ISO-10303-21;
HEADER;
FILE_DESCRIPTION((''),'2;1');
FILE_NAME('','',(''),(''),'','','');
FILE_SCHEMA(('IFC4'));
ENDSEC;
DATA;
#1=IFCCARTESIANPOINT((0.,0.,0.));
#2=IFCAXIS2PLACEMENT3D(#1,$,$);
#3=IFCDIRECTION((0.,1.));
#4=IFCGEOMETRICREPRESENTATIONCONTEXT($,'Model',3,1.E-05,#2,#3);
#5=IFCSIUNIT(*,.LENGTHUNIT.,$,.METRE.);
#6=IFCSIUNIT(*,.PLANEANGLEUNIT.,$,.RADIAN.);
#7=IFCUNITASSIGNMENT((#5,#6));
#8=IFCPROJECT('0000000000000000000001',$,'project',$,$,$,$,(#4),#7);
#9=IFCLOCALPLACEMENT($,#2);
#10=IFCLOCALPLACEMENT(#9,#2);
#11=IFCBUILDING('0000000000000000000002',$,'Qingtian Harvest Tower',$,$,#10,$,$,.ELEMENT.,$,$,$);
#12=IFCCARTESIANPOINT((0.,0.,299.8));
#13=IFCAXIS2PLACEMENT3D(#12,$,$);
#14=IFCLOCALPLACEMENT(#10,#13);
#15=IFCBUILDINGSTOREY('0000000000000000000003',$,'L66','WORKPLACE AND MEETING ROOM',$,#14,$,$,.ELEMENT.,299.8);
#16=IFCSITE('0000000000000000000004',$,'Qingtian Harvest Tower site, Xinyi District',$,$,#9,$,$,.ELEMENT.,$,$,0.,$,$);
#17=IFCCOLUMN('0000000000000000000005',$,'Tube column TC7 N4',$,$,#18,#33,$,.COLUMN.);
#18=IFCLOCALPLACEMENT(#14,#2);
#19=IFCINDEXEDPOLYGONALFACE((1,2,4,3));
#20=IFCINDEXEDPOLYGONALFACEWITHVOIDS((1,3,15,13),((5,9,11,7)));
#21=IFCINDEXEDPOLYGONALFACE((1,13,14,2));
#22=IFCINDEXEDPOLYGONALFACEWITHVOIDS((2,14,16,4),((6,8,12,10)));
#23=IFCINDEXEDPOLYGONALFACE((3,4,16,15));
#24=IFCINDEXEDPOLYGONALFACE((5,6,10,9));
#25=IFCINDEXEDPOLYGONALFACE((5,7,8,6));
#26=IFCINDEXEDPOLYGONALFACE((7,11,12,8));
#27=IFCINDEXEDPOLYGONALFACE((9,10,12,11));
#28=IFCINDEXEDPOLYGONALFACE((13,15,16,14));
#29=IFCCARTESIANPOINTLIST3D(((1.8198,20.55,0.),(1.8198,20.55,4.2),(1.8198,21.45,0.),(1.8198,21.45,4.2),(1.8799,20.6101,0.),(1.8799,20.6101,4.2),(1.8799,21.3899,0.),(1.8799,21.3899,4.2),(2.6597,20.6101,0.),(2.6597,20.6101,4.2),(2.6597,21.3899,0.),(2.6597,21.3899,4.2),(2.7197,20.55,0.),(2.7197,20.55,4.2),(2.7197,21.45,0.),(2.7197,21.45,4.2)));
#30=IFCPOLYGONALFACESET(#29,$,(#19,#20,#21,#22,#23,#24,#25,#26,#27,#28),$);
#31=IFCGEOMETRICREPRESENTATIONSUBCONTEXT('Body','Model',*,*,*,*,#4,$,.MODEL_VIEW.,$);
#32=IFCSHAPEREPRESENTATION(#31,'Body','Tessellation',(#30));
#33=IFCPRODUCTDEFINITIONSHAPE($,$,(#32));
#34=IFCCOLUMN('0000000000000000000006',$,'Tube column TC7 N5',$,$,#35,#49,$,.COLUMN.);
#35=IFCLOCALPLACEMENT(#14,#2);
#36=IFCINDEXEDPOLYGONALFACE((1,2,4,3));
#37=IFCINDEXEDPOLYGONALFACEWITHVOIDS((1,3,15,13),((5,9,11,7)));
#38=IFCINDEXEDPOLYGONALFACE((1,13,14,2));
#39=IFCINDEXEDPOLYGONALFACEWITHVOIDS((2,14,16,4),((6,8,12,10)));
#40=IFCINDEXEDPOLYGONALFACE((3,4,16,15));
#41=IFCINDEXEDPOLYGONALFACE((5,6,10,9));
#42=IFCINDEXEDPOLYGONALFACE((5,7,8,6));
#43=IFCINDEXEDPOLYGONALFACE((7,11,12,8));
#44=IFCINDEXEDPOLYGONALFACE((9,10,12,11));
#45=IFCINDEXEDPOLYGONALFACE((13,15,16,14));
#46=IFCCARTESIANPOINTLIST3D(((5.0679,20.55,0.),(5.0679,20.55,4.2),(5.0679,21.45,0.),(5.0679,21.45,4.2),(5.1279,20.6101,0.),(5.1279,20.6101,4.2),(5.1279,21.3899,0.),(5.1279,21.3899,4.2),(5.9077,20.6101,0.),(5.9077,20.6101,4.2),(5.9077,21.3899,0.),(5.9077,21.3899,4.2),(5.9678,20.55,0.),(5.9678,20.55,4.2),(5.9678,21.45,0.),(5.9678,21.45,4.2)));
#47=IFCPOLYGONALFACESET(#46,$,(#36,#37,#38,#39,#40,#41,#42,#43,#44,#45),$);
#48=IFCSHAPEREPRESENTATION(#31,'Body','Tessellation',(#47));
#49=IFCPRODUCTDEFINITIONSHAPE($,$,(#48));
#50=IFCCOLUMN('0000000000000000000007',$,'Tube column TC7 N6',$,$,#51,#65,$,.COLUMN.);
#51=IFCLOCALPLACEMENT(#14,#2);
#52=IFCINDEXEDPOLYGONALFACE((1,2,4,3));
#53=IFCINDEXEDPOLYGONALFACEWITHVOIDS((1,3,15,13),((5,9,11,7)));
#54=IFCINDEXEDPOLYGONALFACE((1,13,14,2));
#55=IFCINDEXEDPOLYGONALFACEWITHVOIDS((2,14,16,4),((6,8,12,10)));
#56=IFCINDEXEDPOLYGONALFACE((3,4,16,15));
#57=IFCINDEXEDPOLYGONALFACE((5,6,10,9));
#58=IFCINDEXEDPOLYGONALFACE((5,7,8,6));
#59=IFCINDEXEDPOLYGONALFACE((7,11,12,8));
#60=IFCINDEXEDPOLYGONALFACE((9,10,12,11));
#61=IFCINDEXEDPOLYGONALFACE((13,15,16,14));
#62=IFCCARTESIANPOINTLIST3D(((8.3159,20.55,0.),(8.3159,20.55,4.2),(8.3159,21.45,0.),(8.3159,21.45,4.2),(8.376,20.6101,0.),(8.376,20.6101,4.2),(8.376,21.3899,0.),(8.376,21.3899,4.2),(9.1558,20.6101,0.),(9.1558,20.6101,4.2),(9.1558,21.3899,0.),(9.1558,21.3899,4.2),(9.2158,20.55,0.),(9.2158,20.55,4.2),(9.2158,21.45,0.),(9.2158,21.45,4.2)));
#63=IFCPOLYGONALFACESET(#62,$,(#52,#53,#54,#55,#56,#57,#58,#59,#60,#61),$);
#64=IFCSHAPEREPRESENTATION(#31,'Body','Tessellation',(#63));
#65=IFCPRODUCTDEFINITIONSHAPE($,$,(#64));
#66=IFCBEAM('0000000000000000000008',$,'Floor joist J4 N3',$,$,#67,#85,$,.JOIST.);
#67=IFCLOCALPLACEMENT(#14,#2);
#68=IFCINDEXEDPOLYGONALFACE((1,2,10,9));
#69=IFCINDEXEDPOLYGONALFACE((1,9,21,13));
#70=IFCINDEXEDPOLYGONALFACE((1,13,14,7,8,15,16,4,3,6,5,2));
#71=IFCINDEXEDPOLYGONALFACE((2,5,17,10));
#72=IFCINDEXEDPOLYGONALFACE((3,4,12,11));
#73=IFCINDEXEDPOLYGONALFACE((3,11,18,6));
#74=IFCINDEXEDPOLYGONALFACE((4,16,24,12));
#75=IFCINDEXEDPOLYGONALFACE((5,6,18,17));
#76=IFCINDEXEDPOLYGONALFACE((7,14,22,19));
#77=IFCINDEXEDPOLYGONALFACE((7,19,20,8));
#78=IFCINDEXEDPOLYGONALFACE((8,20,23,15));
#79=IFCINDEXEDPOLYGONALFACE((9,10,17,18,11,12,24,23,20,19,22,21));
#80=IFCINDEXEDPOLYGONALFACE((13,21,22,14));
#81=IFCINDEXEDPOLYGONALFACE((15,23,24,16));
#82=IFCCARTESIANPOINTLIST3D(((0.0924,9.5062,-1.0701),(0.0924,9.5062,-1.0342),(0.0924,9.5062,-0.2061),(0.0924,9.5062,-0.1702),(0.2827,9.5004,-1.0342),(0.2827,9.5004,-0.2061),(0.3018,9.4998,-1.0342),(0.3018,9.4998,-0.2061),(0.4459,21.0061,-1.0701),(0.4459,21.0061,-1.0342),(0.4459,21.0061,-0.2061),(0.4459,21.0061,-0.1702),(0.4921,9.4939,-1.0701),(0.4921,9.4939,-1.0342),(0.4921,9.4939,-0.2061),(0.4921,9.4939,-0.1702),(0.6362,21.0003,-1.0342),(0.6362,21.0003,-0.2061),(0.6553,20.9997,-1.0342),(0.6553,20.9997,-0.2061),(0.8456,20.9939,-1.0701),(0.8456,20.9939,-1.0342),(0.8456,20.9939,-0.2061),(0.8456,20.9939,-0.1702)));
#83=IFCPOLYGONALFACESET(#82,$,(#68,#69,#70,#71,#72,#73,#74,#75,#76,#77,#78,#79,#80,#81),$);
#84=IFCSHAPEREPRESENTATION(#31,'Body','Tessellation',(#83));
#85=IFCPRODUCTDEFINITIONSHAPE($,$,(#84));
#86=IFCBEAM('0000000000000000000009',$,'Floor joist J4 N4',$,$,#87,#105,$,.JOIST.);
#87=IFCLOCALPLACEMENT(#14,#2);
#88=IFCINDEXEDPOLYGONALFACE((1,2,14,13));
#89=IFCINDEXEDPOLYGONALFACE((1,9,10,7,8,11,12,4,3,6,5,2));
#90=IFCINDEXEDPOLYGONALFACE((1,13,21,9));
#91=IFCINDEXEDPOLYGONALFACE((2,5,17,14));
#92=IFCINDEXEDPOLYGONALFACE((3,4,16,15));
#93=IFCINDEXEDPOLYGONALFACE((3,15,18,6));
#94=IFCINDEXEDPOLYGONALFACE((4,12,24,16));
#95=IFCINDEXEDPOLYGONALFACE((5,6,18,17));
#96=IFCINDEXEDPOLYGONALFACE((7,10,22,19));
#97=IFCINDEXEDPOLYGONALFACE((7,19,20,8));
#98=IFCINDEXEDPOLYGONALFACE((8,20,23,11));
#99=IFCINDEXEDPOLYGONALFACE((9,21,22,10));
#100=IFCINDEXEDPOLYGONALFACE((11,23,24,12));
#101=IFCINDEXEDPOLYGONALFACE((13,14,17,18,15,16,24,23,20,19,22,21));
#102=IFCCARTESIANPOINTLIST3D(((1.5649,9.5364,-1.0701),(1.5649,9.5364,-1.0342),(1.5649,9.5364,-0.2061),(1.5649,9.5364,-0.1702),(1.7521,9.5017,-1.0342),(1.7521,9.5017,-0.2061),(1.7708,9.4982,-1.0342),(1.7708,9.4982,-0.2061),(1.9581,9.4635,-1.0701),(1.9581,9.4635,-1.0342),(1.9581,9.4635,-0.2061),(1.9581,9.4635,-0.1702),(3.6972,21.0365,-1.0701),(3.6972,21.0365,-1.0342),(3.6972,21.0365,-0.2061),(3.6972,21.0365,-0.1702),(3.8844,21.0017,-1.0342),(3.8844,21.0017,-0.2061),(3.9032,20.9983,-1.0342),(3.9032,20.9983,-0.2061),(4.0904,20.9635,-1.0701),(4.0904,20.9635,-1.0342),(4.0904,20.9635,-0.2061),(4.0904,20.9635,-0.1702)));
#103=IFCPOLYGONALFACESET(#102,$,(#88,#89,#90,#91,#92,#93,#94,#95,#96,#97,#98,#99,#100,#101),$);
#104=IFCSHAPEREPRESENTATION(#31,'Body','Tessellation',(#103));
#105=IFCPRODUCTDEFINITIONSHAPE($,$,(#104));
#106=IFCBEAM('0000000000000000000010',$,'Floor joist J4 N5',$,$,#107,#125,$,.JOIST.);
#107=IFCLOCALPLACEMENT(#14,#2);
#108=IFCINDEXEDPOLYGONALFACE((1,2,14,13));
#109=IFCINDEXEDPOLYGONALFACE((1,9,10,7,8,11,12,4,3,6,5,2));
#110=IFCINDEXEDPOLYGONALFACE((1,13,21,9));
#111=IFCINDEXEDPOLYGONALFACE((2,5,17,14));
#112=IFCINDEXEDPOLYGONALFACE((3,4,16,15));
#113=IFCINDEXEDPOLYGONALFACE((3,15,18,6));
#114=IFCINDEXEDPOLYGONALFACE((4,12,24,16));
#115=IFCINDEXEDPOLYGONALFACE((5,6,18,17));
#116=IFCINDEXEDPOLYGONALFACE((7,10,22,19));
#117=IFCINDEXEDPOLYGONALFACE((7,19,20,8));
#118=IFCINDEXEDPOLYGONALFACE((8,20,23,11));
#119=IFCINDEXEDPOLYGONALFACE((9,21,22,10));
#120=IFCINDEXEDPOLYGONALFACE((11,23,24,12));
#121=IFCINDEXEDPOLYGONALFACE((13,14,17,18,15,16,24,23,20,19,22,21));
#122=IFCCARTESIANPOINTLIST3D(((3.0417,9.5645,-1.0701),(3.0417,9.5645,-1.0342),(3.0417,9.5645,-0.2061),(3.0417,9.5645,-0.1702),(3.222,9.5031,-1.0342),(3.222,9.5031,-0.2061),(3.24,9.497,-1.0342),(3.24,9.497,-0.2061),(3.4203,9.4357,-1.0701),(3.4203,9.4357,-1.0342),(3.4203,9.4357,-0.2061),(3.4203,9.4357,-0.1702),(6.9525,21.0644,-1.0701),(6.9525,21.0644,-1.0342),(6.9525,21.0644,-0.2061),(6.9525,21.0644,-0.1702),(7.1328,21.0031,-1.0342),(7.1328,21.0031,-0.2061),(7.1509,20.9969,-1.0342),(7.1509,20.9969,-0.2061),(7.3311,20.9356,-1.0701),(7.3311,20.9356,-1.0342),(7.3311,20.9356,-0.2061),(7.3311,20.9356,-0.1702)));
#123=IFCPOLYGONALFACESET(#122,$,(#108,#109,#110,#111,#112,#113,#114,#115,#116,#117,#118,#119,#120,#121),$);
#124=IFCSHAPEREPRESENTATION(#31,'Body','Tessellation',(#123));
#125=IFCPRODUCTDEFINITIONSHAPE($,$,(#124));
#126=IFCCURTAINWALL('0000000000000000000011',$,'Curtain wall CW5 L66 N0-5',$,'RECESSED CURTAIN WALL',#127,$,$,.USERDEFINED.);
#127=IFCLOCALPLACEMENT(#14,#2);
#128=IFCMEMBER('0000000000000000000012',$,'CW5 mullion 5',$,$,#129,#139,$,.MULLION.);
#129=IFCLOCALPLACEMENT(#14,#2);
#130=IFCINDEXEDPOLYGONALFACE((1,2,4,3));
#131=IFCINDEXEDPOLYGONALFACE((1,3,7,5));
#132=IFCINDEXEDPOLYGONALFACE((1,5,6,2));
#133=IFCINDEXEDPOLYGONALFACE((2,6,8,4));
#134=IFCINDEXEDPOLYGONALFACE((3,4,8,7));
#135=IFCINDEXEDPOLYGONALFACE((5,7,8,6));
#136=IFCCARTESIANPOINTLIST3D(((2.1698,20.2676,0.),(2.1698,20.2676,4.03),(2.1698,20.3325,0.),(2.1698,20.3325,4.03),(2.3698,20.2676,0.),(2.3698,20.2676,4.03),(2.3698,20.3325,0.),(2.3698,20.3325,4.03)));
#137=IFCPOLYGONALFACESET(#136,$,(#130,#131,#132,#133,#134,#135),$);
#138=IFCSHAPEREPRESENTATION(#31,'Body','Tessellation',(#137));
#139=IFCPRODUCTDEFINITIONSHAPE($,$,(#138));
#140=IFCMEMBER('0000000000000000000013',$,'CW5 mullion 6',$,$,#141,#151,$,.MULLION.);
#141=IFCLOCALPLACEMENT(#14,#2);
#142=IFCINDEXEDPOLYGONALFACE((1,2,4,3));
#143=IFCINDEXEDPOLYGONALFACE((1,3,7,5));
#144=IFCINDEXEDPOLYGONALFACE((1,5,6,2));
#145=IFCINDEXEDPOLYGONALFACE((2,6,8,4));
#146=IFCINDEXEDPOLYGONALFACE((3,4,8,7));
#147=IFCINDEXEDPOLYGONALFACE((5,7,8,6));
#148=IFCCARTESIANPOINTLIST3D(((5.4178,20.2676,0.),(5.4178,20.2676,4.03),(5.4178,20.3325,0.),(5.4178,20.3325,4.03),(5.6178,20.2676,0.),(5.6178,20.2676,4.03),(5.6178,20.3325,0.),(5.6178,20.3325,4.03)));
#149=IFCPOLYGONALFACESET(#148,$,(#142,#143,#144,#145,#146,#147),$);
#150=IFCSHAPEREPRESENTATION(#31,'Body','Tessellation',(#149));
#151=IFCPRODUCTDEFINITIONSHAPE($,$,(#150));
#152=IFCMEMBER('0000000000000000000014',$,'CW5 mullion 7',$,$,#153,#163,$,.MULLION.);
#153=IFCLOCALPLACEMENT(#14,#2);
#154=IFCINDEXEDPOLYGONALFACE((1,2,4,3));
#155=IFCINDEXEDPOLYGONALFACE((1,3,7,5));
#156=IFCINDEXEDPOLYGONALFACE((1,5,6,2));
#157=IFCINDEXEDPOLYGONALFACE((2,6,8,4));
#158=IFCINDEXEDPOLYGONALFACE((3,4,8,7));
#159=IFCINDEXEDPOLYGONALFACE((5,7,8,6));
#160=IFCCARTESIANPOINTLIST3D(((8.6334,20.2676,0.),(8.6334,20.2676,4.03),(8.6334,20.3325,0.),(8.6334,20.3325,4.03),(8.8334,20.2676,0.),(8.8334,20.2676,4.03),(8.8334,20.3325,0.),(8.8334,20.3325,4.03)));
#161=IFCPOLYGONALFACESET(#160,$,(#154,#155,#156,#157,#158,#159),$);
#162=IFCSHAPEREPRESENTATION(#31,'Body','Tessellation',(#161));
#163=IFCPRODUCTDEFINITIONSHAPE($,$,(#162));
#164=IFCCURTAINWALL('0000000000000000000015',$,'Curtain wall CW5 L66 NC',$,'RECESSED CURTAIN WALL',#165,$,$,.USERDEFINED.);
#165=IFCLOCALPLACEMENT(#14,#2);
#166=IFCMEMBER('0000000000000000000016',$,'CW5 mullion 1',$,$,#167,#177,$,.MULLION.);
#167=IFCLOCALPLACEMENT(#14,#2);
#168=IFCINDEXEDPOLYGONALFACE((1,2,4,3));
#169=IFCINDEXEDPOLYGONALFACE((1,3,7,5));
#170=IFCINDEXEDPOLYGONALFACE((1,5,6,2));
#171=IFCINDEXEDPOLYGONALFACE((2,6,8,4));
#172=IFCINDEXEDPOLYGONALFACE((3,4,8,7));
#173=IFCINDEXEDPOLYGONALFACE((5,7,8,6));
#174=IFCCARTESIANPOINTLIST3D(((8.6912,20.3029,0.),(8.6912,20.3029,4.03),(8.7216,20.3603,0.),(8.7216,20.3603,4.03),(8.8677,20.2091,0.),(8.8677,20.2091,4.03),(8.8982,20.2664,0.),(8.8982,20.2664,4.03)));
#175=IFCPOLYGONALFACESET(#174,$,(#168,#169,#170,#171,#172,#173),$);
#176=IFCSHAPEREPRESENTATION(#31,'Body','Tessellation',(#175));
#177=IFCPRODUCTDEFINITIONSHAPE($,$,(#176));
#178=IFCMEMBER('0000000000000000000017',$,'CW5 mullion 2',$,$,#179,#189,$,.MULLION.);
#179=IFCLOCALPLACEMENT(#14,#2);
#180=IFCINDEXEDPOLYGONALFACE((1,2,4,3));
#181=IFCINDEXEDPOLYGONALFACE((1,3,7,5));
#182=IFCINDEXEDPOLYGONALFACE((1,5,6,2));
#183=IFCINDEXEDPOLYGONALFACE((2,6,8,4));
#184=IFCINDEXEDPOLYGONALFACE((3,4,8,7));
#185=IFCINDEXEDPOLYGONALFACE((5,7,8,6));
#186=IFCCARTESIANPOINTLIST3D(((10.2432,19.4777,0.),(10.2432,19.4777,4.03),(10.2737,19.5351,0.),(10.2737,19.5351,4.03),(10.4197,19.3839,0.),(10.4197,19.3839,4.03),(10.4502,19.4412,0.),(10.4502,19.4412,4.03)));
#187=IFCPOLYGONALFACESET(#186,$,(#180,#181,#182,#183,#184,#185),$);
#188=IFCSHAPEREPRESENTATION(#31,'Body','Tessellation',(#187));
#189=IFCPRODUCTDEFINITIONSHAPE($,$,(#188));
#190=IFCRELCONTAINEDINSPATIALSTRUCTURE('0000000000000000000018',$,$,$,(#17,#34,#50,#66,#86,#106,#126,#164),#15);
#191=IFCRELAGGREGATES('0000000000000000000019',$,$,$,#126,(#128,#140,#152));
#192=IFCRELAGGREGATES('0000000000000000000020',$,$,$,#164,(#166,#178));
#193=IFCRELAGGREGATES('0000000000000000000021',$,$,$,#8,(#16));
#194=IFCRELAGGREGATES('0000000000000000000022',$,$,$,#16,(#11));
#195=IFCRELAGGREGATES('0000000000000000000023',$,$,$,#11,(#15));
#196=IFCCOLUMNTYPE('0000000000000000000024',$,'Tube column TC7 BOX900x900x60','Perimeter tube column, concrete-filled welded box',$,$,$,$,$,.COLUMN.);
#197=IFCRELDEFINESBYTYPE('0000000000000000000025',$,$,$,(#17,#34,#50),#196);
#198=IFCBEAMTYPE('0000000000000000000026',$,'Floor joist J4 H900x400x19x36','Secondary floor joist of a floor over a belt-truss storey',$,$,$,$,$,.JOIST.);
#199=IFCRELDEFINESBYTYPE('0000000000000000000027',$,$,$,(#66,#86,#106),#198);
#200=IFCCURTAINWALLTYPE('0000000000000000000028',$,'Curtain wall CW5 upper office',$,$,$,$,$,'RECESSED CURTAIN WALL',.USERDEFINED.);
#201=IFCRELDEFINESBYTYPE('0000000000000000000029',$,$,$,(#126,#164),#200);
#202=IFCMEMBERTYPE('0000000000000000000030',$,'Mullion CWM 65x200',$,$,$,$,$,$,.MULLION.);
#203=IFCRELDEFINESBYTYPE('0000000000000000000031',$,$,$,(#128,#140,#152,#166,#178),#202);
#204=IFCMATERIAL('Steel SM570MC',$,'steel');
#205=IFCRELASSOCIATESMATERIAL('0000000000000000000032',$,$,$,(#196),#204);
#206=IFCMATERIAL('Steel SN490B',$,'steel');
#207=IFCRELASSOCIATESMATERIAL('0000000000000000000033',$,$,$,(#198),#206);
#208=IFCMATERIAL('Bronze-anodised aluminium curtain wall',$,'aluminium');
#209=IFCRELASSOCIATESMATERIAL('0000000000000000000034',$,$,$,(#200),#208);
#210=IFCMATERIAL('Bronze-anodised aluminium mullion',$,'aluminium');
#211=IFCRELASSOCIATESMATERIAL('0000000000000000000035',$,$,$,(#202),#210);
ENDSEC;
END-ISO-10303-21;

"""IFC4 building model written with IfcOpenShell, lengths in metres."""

from ifc_helpers import new_model, si_unit, direction, frame, origin, origin_2d, place, context, subcontext, project, spatial, rectangle, hollow_rectangle, i_section, extrude, material, material_profile, profile_set, type_object, element, aggregate, save


model = new_model("IFC4")

# Units and contexts
model_context = context("Model", 3, precision=1e-05, world=origin(), true_north=direction((0.0, 1.0)))
body_context = subcontext(model_context, "Body", "Model", "MODEL_VIEW")
ifc_project = project(units=[si_unit("LENGTHUNIT", "METRE"), si_unit("PLANEANGLEUNIT", "RADIAN")], contexts=[model_context])

# Site, building, storey
site_placement = place(None, origin())
site = spatial("IfcSite", under=ifc_project, at=site_placement, Name="Qingtian Harvest Tower site, Xinyi District", CompositionType="ELEMENT", RefElevation=0.0)
building_placement = place(site_placement, origin())
building = spatial("IfcBuilding", under=site, at=building_placement, Name="Qingtian Harvest Tower", CompositionType="ELEMENT")
storey_placement = place(building_placement, frame((0.0, 0.0, 299.8)))
storey = spatial("IfcBuildingStorey", under=building, at=storey_placement, Name="L66", Description="WORKPLACE AND MEETING ROOM", CompositionType="ELEMENT", Elevation=299.8)

# Columns
ifc_material_1 = material(Name="Steel SM570MC", Category="steel")
ifc_material_profile_1 = material_profile(ifc_material_1, hollow_rectangle(XDim=0.8999, YDim=0.8999, WallThickness=0.0601, at=origin_2d()), Name="BOX900x900x60")
ifc_profile_set_1 = profile_set([ifc_material_profile_1], Name="Steel SM570MC")
column_type = type_object("IfcColumnType", Name="Tube column TC7 BOX900x900x60", Description="Perimeter tube column, concrete-filled welded box", PredefinedType="COLUMN", material=ifc_profile_set_1)
for number, where, z_axis, x_axis, name in (
    (1, (2.2698, 21.0, 0.0), (0.0, 0.0, 1.0), (-1.0, 0.0, 0.0), "Tube column TC7 N4"),
    (2, (5.5178, 21.0, 0.0), (0.0, 0.0, 1.0), (-1.0, 0.0, 0.0), "Tube column TC7 N5"),
    (3, (8.7659, 21.0, 0.0), (0.0, 0.0, 1.0), (-1.0, 0.0, 0.0), "Tube column TC7 N6"),
):
    element("IfcColumn", number, at=place(storey_placement, frame(where, z_axis=z_axis, x_axis=x_axis)), inside=storey, type_object=column_type, Name=name, PredefinedType="COLUMN", context=body_context, shape_type="SweptSolid", body=[
        extrude(hollow_rectangle(XDim=0.8999, YDim=0.8999, WallThickness=0.0601, at=origin_2d()), origin(), (0.0, 0.0, 1.0), 4.2),
    ])

# Beams
ifc_material_2 = material(Name="Steel SN490B", Category="steel")
ifc_material_profile_2 = material_profile(ifc_material_2, i_section(OverallWidth=0.3999, OverallDepth=0.8999, WebThickness=0.019, FlangeThickness=0.0359, at=origin_2d()), Name="H900x400x19x36")
ifc_profile_set_2 = profile_set([ifc_material_profile_2], Name="Steel SN490B")
beam_type_1 = type_object("IfcBeamType", Name="Floor joist J4 H900x400x19x36", Description="Secondary floor joist of a floor over a belt-truss storey", PredefinedType="JOIST", material=ifc_profile_set_2)
beam_1_placement = place(storey_placement, frame((0.6458, 21.0, -0.6201), z_axis=(-0.030726, -0.999528, 0.0), x_axis=(0.999528, -0.030726, 0.0)))
element("IfcBeam", 4, at=beam_1_placement, inside=storey, type_object=beam_type_1, Name="Floor joist J4 N3", PredefinedType="JOIST", context=body_context, shape_type="SweptSolid", body=[
    extrude(i_section(OverallWidth=0.3999, OverallDepth=0.8999, WebThickness=0.019, FlangeThickness=0.0359, at=origin_2d()), origin(), (0.0, 0.0, 1.0), 11.5054),
])
beam_2_placement = place(storey_placement, frame((3.8938, 21.0, -0.6201), z_axis=(-0.182312, -0.983241, 0.0), x_axis=(0.983241, -0.182312, 0.0)))
element("IfcBeam", 5, at=beam_2_placement, inside=storey, type_object=beam_type_1, Name="Floor joist J4 N4", PredefinedType="JOIST", context=body_context, shape_type="SweptSolid", body=[
    extrude(i_section(OverallWidth=0.3999, OverallDepth=0.8999, WebThickness=0.019, FlangeThickness=0.0359, at=origin_2d()), origin(), (0.0, 0.0, 1.0), 11.696),
])
beam_3_placement = place(storey_placement, frame((7.1418, 21.0, -0.6201), z_axis=(-0.321968, -0.94675, 0.0), x_axis=(0.94675, -0.321968, 0.0)))
element("IfcBeam", 6, at=beam_3_placement, inside=storey, type_object=beam_type_1, Name="Floor joist J4 N5", PredefinedType="JOIST", context=body_context, shape_type="SweptSolid", body=[
    extrude(i_section(OverallWidth=0.3999, OverallDepth=0.8999, WebThickness=0.019, FlangeThickness=0.0359, at=origin_2d()), origin(), (0.0, 0.0, 1.0), 12.1467),
])

# Curtain walls, members
ifc_material_3 = material(Name="Bronze-anodised aluminium curtain wall", Category="aluminium")
curtain_wall_type = type_object("IfcCurtainWallType", Name="Curtain wall CW5 upper office", ElementType="RECESSED CURTAIN WALL", PredefinedType="USERDEFINED", material=ifc_material_3)
curtain_wall_1_placement = place(storey_placement, origin())
curtain_wall_1 = element("IfcCurtainWall", 7, at=curtain_wall_1_placement, inside=storey, type_object=curtain_wall_type, Name="Curtain wall CW5 L66 N0-5", ObjectType="RECESSED CURTAIN WALL", PredefinedType="USERDEFINED")
ifc_material_4 = material(Name="Bronze-anodised aluminium mullion", Category="aluminium")
ifc_material_profile_3 = material_profile(ifc_material_4, rectangle(XDim=0.0649, YDim=0.2, at=origin_2d()), Name="AL 65x200")
ifc_profile_set_3 = profile_set([ifc_material_profile_3], Name="Bronze-anodised aluminium mullion")
member_type_1 = type_object("IfcMemberType", Name="Mullion CWM 65x200", PredefinedType="MULLION", material=ifc_profile_set_3)
member_1_placement = place(storey_placement, frame((2.2698, 20.3, 0.0), z_axis=(0.0, 0.0, 1.0), x_axis=(0.0, 1.0, 0.0)))
member_1 = element("IfcMember", 8, at=member_1_placement, type_object=member_type_1, Name="CW5 mullion 5", PredefinedType="MULLION", context=body_context, shape_type="SweptSolid", body=[
    extrude(rectangle(XDim=0.0649, YDim=0.2, at=origin_2d()), origin(), (0.0, 0.0, 1.0), 4.03),
])
member_2_placement = place(storey_placement, frame((5.5178, 20.3, 0.0), z_axis=(0.0, 0.0, 1.0), x_axis=(0.0, 1.0, 0.0)))
member_2 = element("IfcMember", 9, at=member_2_placement, type_object=member_type_1, Name="CW5 mullion 6", PredefinedType="MULLION", context=body_context, shape_type="SweptSolid", body=[
    extrude(rectangle(XDim=0.0649, YDim=0.2, at=origin_2d()), origin(), (0.0, 0.0, 1.0), 4.03),
])
member_3_placement = place(storey_placement, frame((8.7334, 20.3, 0.0), z_axis=(0.0, 0.0, 1.0), x_axis=(0.0, 1.0, 0.0)))
member_3 = element("IfcMember", 10, at=member_3_placement, type_object=member_type_1, Name="CW5 mullion 7", PredefinedType="MULLION", context=body_context, shape_type="SweptSolid", body=[
    extrude(rectangle(XDim=0.0649, YDim=0.2, at=origin_2d()), origin(), (0.0, 0.0, 1.0), 4.03),
])
curtain_wall_2_placement = place(storey_placement, origin())
curtain_wall_2 = element("IfcCurtainWall", 11, at=curtain_wall_2_placement, inside=storey, type_object=curtain_wall_type, Name="Curtain wall CW5 L66 NC", ObjectType="RECESSED CURTAIN WALL", PredefinedType="USERDEFINED")
member_4_placement = place(storey_placement, frame((8.7947, 20.2847, 0.0), z_axis=(0.0, 0.0, 1.0), x_axis=(0.469472, 0.882948, 0.0)))
member_4 = element("IfcMember", 12, at=member_4_placement, type_object=member_type_1, Name="CW5 mullion 1", PredefinedType="MULLION", context=body_context, shape_type="SweptSolid", body=[
    extrude(rectangle(XDim=0.0649, YDim=0.2, at=origin_2d()), origin(), (0.0, 0.0, 1.0), 4.03),
])
member_5_placement = place(storey_placement, frame((10.3467, 19.4595, 0.0), z_axis=(0.0, 0.0, 1.0), x_axis=(0.469472, 0.882948, 0.0)))
member_5 = element("IfcMember", 13, at=member_5_placement, type_object=member_type_1, Name="CW5 mullion 2", PredefinedType="MULLION", context=body_context, shape_type="SweptSolid", body=[
    extrude(rectangle(XDim=0.0649, YDim=0.2, at=origin_2d()), origin(), (0.0, 0.0, 1.0), 4.03),
])

aggregate(curtain_wall_1, [member_1, member_2, member_3])
aggregate(curtain_wall_2, [member_4, member_5])

save(model, "model.ifc")
